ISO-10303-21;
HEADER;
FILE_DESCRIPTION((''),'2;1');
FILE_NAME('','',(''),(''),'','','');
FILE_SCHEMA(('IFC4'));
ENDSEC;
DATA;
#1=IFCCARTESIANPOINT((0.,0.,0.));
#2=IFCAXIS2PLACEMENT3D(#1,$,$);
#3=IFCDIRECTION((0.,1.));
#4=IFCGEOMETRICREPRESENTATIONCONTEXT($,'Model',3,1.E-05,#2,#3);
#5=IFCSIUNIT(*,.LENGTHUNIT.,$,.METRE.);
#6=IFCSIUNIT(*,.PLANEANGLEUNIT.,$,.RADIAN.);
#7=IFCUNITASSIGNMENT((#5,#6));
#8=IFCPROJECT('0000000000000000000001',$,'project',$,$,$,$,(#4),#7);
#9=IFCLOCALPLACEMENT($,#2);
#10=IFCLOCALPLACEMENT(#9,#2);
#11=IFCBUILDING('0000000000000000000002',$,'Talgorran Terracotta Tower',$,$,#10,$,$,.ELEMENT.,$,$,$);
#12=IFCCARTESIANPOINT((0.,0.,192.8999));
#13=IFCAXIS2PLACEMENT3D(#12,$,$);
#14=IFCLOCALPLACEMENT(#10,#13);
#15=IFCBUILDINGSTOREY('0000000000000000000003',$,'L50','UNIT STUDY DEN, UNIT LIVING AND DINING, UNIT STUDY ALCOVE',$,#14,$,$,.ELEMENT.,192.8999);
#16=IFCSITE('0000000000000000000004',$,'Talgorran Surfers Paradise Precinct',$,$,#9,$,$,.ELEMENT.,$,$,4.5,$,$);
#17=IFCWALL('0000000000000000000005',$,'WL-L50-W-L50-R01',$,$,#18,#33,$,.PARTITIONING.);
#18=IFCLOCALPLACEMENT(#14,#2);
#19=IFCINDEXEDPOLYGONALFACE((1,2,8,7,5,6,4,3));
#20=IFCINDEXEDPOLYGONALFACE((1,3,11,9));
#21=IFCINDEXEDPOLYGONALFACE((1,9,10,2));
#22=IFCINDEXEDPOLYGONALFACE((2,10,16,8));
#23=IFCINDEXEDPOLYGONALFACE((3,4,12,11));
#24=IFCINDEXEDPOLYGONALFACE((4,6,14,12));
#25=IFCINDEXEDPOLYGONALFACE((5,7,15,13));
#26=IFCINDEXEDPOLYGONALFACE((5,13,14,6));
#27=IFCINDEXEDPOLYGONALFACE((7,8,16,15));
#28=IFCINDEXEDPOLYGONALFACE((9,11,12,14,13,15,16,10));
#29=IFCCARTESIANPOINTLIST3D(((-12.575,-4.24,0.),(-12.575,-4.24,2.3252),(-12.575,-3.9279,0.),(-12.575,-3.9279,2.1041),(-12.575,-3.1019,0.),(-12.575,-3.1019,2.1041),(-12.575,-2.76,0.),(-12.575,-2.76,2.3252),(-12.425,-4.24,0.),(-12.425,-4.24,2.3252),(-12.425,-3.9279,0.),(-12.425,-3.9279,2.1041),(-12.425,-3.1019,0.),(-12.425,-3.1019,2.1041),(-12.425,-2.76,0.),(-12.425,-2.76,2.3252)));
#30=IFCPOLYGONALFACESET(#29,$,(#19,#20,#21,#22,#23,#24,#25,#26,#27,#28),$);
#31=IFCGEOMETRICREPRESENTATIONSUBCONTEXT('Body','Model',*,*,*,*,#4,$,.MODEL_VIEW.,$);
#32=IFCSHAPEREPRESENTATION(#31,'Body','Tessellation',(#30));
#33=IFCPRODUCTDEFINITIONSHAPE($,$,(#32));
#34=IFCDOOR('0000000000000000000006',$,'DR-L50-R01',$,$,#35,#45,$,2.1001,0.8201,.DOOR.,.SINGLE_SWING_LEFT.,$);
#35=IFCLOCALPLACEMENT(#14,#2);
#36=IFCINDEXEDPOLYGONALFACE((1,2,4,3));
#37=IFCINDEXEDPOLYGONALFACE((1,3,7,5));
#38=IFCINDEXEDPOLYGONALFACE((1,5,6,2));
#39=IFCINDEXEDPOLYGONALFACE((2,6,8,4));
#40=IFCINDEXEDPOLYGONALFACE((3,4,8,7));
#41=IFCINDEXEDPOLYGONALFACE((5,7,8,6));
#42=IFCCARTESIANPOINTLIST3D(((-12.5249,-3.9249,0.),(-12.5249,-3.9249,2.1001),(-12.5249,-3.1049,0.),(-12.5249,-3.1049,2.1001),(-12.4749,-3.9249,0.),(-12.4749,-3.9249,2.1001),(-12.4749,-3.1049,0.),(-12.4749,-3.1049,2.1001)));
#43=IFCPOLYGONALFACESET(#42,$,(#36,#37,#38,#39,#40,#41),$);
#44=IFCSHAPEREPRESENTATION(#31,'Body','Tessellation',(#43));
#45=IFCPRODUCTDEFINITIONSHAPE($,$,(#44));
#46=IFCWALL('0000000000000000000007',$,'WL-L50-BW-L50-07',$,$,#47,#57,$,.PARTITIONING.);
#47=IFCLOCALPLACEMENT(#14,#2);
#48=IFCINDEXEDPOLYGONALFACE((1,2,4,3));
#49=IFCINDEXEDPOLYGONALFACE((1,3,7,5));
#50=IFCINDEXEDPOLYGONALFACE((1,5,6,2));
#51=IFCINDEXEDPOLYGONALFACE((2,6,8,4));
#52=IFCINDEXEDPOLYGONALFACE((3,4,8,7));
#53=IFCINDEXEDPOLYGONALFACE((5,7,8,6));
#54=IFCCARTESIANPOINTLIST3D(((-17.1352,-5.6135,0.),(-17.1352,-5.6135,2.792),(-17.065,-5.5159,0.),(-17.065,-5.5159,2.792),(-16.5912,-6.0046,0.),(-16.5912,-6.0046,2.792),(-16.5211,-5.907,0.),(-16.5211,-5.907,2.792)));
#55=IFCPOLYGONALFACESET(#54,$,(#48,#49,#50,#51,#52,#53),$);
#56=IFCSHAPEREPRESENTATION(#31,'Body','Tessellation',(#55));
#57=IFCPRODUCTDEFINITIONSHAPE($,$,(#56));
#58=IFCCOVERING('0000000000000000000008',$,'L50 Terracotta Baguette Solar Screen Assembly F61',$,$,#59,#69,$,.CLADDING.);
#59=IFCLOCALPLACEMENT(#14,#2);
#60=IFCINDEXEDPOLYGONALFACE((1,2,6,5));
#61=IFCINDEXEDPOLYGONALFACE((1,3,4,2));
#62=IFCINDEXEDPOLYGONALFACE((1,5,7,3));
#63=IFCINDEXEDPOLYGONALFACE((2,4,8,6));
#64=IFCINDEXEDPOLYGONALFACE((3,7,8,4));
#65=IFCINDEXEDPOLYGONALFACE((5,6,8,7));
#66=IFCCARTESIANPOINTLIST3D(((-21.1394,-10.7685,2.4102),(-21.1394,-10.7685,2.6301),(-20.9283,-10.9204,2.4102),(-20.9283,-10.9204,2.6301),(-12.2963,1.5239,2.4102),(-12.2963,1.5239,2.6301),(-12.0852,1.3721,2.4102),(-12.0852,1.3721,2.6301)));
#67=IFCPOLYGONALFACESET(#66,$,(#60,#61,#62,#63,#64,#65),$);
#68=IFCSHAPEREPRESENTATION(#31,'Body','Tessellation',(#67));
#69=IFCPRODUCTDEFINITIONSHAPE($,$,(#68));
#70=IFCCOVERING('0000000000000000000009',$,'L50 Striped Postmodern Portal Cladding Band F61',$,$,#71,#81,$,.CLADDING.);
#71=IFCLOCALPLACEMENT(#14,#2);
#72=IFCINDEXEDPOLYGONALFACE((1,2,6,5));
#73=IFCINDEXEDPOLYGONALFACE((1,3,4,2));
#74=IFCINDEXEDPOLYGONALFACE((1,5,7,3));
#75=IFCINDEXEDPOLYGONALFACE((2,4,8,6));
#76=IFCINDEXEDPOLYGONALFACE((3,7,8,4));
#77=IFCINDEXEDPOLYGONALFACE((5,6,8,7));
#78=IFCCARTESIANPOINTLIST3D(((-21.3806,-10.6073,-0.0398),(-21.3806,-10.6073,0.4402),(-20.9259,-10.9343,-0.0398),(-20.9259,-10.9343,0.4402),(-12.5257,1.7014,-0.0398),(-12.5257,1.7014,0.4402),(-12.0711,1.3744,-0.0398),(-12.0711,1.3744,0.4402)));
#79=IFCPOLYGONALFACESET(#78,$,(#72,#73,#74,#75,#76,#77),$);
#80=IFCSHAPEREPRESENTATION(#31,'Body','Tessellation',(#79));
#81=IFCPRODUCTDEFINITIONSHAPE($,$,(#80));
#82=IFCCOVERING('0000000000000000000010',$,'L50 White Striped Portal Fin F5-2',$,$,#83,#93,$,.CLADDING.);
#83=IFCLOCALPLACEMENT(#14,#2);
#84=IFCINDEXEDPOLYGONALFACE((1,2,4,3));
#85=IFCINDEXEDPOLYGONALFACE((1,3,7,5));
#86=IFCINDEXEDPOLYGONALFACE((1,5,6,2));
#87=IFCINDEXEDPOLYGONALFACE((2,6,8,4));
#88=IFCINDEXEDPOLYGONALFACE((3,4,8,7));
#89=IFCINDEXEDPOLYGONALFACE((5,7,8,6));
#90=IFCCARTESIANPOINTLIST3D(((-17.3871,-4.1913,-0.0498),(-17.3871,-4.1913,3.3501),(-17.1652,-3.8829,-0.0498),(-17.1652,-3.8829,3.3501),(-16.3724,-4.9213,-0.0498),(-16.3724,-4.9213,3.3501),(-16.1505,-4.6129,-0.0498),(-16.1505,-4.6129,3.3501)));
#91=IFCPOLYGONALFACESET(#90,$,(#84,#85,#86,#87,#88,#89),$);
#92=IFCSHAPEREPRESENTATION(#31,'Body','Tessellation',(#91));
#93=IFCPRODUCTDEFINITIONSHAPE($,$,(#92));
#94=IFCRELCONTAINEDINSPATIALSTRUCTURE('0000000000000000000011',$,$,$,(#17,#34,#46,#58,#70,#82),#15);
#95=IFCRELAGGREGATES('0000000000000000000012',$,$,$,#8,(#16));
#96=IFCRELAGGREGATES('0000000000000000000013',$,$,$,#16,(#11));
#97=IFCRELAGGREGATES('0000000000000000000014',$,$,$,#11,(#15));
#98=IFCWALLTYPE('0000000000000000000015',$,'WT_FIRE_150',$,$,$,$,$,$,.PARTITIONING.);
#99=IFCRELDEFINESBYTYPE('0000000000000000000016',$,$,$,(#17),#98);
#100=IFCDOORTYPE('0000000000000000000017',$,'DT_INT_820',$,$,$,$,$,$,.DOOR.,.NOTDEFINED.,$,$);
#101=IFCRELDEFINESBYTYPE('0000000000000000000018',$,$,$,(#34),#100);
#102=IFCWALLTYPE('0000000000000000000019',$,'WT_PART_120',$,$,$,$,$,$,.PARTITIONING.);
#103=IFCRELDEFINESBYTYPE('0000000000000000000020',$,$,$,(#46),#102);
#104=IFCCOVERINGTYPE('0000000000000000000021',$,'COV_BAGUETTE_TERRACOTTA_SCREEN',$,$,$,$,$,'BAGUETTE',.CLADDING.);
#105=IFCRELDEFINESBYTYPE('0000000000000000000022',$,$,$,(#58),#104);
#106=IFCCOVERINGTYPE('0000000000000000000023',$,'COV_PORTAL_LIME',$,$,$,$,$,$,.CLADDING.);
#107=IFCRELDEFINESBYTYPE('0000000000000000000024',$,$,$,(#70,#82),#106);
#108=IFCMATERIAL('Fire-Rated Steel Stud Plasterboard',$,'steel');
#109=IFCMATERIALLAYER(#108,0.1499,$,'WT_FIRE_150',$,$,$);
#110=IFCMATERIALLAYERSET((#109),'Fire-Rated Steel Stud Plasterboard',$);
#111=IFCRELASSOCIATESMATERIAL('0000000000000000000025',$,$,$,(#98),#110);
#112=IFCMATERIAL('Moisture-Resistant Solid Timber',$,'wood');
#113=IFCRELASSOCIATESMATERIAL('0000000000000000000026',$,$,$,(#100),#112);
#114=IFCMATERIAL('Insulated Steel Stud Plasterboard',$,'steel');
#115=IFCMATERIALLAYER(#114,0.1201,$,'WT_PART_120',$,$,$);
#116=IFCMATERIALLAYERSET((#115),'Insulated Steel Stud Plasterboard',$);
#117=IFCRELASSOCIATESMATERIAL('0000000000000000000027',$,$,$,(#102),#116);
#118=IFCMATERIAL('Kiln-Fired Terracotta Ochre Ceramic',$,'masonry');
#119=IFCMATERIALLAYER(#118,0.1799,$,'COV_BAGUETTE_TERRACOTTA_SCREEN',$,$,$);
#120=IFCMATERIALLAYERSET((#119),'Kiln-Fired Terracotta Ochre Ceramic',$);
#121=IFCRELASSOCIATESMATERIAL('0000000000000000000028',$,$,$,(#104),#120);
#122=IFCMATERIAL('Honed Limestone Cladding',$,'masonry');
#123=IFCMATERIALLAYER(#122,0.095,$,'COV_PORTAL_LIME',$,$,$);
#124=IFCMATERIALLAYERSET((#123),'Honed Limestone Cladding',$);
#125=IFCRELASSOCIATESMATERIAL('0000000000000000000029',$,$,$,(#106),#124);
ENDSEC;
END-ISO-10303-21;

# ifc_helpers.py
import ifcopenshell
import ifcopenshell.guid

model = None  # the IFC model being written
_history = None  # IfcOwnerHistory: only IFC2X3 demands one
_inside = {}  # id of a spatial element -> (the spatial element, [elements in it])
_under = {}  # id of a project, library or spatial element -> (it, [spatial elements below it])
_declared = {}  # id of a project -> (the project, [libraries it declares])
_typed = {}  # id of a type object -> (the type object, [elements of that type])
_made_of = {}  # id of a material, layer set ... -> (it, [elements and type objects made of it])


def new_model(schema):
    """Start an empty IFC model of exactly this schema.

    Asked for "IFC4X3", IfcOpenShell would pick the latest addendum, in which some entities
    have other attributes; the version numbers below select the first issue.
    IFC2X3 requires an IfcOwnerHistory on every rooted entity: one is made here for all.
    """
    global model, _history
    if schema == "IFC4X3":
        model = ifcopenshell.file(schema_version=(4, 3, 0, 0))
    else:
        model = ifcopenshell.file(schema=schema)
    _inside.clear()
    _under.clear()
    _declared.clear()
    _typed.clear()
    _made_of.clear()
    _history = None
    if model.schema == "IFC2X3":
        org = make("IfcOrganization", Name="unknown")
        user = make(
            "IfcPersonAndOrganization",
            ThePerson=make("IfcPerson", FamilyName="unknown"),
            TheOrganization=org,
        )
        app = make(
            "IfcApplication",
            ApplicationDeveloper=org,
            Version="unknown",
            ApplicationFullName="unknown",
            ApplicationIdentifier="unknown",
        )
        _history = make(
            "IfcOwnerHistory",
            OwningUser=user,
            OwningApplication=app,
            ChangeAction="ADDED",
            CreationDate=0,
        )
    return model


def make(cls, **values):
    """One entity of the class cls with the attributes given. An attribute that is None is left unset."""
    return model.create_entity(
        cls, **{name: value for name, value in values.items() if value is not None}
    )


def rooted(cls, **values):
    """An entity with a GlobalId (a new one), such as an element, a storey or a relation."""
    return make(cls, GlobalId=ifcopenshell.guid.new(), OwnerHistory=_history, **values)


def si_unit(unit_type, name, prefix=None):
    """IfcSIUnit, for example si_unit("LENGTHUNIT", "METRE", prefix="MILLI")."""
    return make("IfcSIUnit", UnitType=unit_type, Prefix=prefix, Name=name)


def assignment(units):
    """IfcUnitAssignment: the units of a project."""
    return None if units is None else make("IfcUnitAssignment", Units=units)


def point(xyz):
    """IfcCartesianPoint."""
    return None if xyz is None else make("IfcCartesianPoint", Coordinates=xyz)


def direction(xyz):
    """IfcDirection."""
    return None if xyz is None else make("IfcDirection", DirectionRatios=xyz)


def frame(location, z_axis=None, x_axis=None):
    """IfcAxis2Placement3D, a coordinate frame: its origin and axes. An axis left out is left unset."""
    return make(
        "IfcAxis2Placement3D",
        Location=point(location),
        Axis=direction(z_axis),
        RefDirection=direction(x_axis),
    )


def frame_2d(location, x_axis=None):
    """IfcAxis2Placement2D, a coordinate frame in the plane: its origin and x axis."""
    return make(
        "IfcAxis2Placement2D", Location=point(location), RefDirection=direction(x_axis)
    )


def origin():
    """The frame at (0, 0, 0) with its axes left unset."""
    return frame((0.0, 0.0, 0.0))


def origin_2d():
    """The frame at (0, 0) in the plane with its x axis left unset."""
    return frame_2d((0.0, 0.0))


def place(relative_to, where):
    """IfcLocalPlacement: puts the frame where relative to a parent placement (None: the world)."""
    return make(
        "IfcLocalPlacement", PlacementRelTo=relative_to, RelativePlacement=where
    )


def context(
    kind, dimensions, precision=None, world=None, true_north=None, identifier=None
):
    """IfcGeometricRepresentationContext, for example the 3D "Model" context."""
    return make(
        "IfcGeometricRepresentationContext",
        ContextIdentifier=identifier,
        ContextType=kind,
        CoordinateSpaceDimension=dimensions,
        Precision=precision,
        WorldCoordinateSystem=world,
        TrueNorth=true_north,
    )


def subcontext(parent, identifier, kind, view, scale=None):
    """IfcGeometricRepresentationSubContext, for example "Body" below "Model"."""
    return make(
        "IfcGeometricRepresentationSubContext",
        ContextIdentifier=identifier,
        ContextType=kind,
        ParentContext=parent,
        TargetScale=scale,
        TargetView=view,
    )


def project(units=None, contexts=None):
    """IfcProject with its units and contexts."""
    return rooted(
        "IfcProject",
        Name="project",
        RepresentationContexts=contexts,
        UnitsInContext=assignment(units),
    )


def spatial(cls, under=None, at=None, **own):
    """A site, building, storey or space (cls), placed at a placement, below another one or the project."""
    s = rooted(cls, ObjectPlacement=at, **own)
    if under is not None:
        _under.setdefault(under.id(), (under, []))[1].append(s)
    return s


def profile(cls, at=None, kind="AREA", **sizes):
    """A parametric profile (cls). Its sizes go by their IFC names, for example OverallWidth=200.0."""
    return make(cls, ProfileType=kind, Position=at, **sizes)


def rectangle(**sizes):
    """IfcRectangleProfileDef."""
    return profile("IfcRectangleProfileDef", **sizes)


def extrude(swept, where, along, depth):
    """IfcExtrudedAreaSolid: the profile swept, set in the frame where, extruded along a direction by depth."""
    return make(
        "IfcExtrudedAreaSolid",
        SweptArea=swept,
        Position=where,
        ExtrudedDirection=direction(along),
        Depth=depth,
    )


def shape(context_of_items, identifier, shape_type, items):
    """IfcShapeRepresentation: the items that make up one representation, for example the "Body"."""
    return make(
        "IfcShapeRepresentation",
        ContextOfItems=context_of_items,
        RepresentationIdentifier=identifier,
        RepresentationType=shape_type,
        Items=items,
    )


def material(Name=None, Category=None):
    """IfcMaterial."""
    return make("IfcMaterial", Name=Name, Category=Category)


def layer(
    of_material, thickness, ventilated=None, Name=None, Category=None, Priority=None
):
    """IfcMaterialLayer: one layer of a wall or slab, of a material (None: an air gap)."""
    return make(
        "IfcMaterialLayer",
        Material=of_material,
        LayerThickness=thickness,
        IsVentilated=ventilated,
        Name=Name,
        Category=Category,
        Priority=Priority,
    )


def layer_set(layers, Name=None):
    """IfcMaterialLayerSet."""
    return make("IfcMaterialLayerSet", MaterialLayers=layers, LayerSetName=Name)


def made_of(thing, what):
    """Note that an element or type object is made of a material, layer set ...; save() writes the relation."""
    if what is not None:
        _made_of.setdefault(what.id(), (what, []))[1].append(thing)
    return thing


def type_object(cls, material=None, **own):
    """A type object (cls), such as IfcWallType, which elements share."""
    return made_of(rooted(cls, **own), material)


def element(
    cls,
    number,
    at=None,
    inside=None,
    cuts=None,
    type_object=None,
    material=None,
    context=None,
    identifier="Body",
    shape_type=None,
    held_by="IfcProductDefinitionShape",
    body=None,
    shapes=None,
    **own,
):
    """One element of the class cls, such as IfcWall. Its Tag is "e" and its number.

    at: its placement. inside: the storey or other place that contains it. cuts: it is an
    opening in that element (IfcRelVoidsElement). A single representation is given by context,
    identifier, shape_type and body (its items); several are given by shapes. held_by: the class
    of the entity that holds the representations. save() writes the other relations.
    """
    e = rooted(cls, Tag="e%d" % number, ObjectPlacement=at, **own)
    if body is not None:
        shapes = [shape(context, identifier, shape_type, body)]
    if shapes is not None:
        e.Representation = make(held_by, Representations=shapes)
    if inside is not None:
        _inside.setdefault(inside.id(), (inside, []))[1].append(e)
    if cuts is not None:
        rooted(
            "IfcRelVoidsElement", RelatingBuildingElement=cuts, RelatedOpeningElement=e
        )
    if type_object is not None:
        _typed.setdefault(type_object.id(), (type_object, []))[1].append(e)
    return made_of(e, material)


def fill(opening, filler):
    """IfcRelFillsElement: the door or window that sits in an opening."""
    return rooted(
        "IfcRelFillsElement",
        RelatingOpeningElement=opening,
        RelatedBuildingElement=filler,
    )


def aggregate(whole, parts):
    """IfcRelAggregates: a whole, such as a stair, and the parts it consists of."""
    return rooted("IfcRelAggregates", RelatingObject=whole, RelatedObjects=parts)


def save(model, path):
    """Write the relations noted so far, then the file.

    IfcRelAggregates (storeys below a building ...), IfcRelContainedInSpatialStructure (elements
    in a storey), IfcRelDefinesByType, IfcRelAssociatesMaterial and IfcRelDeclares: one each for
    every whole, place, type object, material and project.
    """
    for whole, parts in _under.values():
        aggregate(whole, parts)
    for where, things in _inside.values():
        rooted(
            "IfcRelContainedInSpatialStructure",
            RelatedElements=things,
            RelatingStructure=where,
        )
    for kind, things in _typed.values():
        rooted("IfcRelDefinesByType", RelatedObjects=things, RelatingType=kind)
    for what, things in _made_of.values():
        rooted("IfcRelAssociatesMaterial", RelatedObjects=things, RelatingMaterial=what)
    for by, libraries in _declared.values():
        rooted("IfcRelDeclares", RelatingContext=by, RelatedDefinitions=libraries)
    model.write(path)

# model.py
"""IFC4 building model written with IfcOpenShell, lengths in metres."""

from ifc_helpers import new_model, si_unit, direction, frame, frame_2d, origin, origin_2d, place, context, subcontext, project, spatial, rectangle, extrude, material, layer, layer_set, type_object, element, fill, save


model = new_model("IFC4")

# Units and contexts
model_context = context("Model", 3, precision=1e-05, world=origin(), true_north=direction((0.0, 1.0)))
body_context = subcontext(model_context, "Body", "Model", "MODEL_VIEW")
ifc_project = project(units=[si_unit("LENGTHUNIT", "METRE"), si_unit("PLANEANGLEUNIT", "RADIAN")], contexts=[model_context])

# Site, building, storey
site_placement = place(None, origin())
site = spatial("IfcSite", under=ifc_project, at=site_placement, Name="Talgorran Surfers Paradise Precinct", CompositionType="ELEMENT", RefElevation=4.5)
building_placement = place(site_placement, origin())
building = spatial("IfcBuilding", under=site, at=building_placement, Name="Talgorran Terracotta Tower", CompositionType="ELEMENT")
storey_placement = place(building_placement, frame((0.0, 0.0, 192.8999)))
storey = spatial("IfcBuildingStorey", under=building, at=storey_placement, Name="L50", Description="UNIT STUDY DEN, UNIT LIVING AND DINING, UNIT STUDY ALCOVE", CompositionType="ELEMENT", Elevation=192.8999)

# Wall, opening, door
ifc_material_1 = material(Name="Fire-Rated Steel Stud Plasterboard", Category="steel")
ifc_layer_1 = layer(ifc_material_1, 0.1499, Name="WT_FIRE_150")
ifc_layer_set_1 = layer_set([ifc_layer_1], Name="Fire-Rated Steel Stud Plasterboard")
wall_type_1 = type_object("IfcWallType", Name="WT_FIRE_150", PredefinedType="PARTITIONING", material=ifc_layer_set_1)
wall_1_placement = place(storey_placement, frame((-12.5, -4.24, 0.0), z_axis=(0.0, 0.0, 1.0), x_axis=(0.0, 1.0, 0.0)))
wall_1 = element("IfcWall", 1, at=wall_1_placement, inside=storey, type_object=wall_type_1, Name="WL-L50-W-L50-R01", PredefinedType="PARTITIONING", context=body_context, shape_type="SweptSolid", body=[
    extrude(rectangle(XDim=1.48, YDim=0.1499, at=frame_2d((0.74, 0.0))), origin(), (0.0, 0.0, 1.0), 2.3252),
])
opening_1_placement = place(wall_1_placement, frame((0.3149, 0.0, 0.0)))
opening_1 = element("IfcOpeningElement", 2, at=opening_1_placement, cuts=wall_1, PredefinedType="OPENING", context=body_context, shape_type="SweptSolid", body=[
    extrude(rectangle(XDim=0.8261, YDim=2.1041, at=frame_2d((0.4102, 1.052))), frame((0.0, 0.085, 0.0), z_axis=(0.0, -1.0, 0.0), x_axis=(1.0, 0.0, 0.0)), (0.0, 0.0, 1.0), 0.1699),
])
ifc_material_2 = material(Name="Moisture-Resistant Solid Timber", Category="wood")
door_type_1 = type_object("IfcDoorType", Name="DT_INT_820", OperationType="NOTDEFINED", PredefinedType="DOOR", material=ifc_material_2)
door_1_placement = place(opening_1_placement, origin())
door_1 = element("IfcDoor", 3, at=door_1_placement, inside=storey, type_object=door_type_1, Name="DR-L50-R01", OperationType="SINGLE_SWING_LEFT", OverallHeight=2.1001, OverallWidth=0.8201, PredefinedType="DOOR", context=body_context, shape_type="SweptSolid", body=[
    extrude(rectangle(XDim=0.8201, YDim=2.1001, at=frame_2d((0.4102, 1.05))), frame((0.0, 0.0249, 0.0), z_axis=(0.0, -1.0, 0.0), x_axis=(1.0, 0.0, 0.0)), (0.0, 0.0, 1.0), 0.05),
])
fill(opening_1, door_1)

# Wall
ifc_material_3 = material(Name="Insulated Steel Stud Plasterboard", Category="steel")
ifc_layer_2 = layer(ifc_material_3, 0.1201, Name="WT_PART_120")
ifc_layer_set_2 = layer_set([ifc_layer_2], Name="Insulated Steel Stud Plasterboard")
wall_type_2 = type_object("IfcWallType", Name="WT_PART_120", PredefinedType="PARTITIONING", material=ifc_layer_set_2)
wall_2_placement = place(storey_placement, frame((-17.1001, -5.5647, 0.0), z_axis=(0.0, 0.0, 1.0), x_axis=(0.811907, -0.583786, 0.0)))
element("IfcWall", 4, at=wall_2_placement, inside=storey, type_object=wall_type_2, Name="WL-L50-BW-L50-07", PredefinedType="PARTITIONING", context=body_context, shape_type="SweptSolid", body=[
    extrude(rectangle(XDim=0.6699, YDim=0.1201, at=frame_2d((0.335, 0.0))), origin(), (0.0, 0.0, 1.0), 2.792),
])

# Coverings
ifc_material_4 = material(Name="Kiln-Fired Terracotta Ochre Ceramic", Category="masonry")
ifc_layer_3 = layer(ifc_material_4, 0.1799, Name="COV_BAGUETTE_TERRACOTTA_SCREEN")
ifc_layer_set_3 = layer_set([ifc_layer_3], Name="Kiln-Fired Terracotta Ochre Ceramic")
covering_type_1 = type_object("IfcCoveringType", Name="COV_BAGUETTE_TERRACOTTA_SCREEN", ElementType="BAGUETTE", PredefinedType="CLADDING", material=ifc_layer_set_3)
covering_1_placement = place(storey_placement, frame((-16.6123, -4.6982, 2.4102), z_axis=(0.0, 0.0, 1.0), x_axis=(-0.583981, -0.811768, 0.0)))
element("IfcCovering", 5, at=covering_1_placement, inside=storey, type_object=covering_type_1, Name="L50 Terracotta Baguette Solar Screen Assembly F61", PredefinedType="CLADDING", context=body_context, shape_type="SweptSolid", body=[
    extrude(rectangle(XDim=15.1428, YDim=0.26, at=origin_2d()), origin(), (0.0, 0.0, 1.0), 0.22),
])
ifc_material_5 = material(Name="Honed Limestone Cladding", Category="masonry")
ifc_layer_4 = layer(ifc_material_5, 0.095, Name="COV_PORTAL_LIME")
ifc_layer_set_4 = layer_set([ifc_layer_4], Name="Honed Limestone Cladding")
covering_type_2 = type_object("IfcCoveringType", Name="COV_PORTAL_LIME", PredefinedType="CLADDING", material=ifc_layer_set_4)
covering_2_placement = place(storey_placement, frame((-16.7258, -4.6165, -0.0398), z_axis=(0.0, 0.0, 1.0), x_axis=(-0.583981, -0.811768, 0.0)))
element("IfcCovering", 6, at=covering_2_placement, inside=storey, type_object=covering_type_2, Name="L50 Striped Postmodern Portal Cladding Band F61", PredefinedType="CLADDING", context=body_context, shape_type="SweptSolid", body=[
    extrude(rectangle(XDim=15.1628, YDim=0.5601, at=origin_2d()), origin(), (0.0, 0.0, 1.0), 0.48),
])
covering_3_placement = place(storey_placement, frame((-16.7688, -4.4021, -0.0498), z_axis=(0.0, 0.0, 1.0), x_axis=(-0.583981, -0.811768, 0.0)))
element("IfcCovering", 7, at=covering_3_placement, inside=storey, type_object=covering_type_2, Name="L50 White Striped Portal Fin F5-2", PredefinedType="CLADDING", context=body_context, shape_type="SweptSolid", body=[
    extrude(rectangle(XDim=0.3799, YDim=1.25, at=origin_2d()), origin(), (0.0, 0.0, 1.0), 3.3999),
])

save(model, "model.ifc")
